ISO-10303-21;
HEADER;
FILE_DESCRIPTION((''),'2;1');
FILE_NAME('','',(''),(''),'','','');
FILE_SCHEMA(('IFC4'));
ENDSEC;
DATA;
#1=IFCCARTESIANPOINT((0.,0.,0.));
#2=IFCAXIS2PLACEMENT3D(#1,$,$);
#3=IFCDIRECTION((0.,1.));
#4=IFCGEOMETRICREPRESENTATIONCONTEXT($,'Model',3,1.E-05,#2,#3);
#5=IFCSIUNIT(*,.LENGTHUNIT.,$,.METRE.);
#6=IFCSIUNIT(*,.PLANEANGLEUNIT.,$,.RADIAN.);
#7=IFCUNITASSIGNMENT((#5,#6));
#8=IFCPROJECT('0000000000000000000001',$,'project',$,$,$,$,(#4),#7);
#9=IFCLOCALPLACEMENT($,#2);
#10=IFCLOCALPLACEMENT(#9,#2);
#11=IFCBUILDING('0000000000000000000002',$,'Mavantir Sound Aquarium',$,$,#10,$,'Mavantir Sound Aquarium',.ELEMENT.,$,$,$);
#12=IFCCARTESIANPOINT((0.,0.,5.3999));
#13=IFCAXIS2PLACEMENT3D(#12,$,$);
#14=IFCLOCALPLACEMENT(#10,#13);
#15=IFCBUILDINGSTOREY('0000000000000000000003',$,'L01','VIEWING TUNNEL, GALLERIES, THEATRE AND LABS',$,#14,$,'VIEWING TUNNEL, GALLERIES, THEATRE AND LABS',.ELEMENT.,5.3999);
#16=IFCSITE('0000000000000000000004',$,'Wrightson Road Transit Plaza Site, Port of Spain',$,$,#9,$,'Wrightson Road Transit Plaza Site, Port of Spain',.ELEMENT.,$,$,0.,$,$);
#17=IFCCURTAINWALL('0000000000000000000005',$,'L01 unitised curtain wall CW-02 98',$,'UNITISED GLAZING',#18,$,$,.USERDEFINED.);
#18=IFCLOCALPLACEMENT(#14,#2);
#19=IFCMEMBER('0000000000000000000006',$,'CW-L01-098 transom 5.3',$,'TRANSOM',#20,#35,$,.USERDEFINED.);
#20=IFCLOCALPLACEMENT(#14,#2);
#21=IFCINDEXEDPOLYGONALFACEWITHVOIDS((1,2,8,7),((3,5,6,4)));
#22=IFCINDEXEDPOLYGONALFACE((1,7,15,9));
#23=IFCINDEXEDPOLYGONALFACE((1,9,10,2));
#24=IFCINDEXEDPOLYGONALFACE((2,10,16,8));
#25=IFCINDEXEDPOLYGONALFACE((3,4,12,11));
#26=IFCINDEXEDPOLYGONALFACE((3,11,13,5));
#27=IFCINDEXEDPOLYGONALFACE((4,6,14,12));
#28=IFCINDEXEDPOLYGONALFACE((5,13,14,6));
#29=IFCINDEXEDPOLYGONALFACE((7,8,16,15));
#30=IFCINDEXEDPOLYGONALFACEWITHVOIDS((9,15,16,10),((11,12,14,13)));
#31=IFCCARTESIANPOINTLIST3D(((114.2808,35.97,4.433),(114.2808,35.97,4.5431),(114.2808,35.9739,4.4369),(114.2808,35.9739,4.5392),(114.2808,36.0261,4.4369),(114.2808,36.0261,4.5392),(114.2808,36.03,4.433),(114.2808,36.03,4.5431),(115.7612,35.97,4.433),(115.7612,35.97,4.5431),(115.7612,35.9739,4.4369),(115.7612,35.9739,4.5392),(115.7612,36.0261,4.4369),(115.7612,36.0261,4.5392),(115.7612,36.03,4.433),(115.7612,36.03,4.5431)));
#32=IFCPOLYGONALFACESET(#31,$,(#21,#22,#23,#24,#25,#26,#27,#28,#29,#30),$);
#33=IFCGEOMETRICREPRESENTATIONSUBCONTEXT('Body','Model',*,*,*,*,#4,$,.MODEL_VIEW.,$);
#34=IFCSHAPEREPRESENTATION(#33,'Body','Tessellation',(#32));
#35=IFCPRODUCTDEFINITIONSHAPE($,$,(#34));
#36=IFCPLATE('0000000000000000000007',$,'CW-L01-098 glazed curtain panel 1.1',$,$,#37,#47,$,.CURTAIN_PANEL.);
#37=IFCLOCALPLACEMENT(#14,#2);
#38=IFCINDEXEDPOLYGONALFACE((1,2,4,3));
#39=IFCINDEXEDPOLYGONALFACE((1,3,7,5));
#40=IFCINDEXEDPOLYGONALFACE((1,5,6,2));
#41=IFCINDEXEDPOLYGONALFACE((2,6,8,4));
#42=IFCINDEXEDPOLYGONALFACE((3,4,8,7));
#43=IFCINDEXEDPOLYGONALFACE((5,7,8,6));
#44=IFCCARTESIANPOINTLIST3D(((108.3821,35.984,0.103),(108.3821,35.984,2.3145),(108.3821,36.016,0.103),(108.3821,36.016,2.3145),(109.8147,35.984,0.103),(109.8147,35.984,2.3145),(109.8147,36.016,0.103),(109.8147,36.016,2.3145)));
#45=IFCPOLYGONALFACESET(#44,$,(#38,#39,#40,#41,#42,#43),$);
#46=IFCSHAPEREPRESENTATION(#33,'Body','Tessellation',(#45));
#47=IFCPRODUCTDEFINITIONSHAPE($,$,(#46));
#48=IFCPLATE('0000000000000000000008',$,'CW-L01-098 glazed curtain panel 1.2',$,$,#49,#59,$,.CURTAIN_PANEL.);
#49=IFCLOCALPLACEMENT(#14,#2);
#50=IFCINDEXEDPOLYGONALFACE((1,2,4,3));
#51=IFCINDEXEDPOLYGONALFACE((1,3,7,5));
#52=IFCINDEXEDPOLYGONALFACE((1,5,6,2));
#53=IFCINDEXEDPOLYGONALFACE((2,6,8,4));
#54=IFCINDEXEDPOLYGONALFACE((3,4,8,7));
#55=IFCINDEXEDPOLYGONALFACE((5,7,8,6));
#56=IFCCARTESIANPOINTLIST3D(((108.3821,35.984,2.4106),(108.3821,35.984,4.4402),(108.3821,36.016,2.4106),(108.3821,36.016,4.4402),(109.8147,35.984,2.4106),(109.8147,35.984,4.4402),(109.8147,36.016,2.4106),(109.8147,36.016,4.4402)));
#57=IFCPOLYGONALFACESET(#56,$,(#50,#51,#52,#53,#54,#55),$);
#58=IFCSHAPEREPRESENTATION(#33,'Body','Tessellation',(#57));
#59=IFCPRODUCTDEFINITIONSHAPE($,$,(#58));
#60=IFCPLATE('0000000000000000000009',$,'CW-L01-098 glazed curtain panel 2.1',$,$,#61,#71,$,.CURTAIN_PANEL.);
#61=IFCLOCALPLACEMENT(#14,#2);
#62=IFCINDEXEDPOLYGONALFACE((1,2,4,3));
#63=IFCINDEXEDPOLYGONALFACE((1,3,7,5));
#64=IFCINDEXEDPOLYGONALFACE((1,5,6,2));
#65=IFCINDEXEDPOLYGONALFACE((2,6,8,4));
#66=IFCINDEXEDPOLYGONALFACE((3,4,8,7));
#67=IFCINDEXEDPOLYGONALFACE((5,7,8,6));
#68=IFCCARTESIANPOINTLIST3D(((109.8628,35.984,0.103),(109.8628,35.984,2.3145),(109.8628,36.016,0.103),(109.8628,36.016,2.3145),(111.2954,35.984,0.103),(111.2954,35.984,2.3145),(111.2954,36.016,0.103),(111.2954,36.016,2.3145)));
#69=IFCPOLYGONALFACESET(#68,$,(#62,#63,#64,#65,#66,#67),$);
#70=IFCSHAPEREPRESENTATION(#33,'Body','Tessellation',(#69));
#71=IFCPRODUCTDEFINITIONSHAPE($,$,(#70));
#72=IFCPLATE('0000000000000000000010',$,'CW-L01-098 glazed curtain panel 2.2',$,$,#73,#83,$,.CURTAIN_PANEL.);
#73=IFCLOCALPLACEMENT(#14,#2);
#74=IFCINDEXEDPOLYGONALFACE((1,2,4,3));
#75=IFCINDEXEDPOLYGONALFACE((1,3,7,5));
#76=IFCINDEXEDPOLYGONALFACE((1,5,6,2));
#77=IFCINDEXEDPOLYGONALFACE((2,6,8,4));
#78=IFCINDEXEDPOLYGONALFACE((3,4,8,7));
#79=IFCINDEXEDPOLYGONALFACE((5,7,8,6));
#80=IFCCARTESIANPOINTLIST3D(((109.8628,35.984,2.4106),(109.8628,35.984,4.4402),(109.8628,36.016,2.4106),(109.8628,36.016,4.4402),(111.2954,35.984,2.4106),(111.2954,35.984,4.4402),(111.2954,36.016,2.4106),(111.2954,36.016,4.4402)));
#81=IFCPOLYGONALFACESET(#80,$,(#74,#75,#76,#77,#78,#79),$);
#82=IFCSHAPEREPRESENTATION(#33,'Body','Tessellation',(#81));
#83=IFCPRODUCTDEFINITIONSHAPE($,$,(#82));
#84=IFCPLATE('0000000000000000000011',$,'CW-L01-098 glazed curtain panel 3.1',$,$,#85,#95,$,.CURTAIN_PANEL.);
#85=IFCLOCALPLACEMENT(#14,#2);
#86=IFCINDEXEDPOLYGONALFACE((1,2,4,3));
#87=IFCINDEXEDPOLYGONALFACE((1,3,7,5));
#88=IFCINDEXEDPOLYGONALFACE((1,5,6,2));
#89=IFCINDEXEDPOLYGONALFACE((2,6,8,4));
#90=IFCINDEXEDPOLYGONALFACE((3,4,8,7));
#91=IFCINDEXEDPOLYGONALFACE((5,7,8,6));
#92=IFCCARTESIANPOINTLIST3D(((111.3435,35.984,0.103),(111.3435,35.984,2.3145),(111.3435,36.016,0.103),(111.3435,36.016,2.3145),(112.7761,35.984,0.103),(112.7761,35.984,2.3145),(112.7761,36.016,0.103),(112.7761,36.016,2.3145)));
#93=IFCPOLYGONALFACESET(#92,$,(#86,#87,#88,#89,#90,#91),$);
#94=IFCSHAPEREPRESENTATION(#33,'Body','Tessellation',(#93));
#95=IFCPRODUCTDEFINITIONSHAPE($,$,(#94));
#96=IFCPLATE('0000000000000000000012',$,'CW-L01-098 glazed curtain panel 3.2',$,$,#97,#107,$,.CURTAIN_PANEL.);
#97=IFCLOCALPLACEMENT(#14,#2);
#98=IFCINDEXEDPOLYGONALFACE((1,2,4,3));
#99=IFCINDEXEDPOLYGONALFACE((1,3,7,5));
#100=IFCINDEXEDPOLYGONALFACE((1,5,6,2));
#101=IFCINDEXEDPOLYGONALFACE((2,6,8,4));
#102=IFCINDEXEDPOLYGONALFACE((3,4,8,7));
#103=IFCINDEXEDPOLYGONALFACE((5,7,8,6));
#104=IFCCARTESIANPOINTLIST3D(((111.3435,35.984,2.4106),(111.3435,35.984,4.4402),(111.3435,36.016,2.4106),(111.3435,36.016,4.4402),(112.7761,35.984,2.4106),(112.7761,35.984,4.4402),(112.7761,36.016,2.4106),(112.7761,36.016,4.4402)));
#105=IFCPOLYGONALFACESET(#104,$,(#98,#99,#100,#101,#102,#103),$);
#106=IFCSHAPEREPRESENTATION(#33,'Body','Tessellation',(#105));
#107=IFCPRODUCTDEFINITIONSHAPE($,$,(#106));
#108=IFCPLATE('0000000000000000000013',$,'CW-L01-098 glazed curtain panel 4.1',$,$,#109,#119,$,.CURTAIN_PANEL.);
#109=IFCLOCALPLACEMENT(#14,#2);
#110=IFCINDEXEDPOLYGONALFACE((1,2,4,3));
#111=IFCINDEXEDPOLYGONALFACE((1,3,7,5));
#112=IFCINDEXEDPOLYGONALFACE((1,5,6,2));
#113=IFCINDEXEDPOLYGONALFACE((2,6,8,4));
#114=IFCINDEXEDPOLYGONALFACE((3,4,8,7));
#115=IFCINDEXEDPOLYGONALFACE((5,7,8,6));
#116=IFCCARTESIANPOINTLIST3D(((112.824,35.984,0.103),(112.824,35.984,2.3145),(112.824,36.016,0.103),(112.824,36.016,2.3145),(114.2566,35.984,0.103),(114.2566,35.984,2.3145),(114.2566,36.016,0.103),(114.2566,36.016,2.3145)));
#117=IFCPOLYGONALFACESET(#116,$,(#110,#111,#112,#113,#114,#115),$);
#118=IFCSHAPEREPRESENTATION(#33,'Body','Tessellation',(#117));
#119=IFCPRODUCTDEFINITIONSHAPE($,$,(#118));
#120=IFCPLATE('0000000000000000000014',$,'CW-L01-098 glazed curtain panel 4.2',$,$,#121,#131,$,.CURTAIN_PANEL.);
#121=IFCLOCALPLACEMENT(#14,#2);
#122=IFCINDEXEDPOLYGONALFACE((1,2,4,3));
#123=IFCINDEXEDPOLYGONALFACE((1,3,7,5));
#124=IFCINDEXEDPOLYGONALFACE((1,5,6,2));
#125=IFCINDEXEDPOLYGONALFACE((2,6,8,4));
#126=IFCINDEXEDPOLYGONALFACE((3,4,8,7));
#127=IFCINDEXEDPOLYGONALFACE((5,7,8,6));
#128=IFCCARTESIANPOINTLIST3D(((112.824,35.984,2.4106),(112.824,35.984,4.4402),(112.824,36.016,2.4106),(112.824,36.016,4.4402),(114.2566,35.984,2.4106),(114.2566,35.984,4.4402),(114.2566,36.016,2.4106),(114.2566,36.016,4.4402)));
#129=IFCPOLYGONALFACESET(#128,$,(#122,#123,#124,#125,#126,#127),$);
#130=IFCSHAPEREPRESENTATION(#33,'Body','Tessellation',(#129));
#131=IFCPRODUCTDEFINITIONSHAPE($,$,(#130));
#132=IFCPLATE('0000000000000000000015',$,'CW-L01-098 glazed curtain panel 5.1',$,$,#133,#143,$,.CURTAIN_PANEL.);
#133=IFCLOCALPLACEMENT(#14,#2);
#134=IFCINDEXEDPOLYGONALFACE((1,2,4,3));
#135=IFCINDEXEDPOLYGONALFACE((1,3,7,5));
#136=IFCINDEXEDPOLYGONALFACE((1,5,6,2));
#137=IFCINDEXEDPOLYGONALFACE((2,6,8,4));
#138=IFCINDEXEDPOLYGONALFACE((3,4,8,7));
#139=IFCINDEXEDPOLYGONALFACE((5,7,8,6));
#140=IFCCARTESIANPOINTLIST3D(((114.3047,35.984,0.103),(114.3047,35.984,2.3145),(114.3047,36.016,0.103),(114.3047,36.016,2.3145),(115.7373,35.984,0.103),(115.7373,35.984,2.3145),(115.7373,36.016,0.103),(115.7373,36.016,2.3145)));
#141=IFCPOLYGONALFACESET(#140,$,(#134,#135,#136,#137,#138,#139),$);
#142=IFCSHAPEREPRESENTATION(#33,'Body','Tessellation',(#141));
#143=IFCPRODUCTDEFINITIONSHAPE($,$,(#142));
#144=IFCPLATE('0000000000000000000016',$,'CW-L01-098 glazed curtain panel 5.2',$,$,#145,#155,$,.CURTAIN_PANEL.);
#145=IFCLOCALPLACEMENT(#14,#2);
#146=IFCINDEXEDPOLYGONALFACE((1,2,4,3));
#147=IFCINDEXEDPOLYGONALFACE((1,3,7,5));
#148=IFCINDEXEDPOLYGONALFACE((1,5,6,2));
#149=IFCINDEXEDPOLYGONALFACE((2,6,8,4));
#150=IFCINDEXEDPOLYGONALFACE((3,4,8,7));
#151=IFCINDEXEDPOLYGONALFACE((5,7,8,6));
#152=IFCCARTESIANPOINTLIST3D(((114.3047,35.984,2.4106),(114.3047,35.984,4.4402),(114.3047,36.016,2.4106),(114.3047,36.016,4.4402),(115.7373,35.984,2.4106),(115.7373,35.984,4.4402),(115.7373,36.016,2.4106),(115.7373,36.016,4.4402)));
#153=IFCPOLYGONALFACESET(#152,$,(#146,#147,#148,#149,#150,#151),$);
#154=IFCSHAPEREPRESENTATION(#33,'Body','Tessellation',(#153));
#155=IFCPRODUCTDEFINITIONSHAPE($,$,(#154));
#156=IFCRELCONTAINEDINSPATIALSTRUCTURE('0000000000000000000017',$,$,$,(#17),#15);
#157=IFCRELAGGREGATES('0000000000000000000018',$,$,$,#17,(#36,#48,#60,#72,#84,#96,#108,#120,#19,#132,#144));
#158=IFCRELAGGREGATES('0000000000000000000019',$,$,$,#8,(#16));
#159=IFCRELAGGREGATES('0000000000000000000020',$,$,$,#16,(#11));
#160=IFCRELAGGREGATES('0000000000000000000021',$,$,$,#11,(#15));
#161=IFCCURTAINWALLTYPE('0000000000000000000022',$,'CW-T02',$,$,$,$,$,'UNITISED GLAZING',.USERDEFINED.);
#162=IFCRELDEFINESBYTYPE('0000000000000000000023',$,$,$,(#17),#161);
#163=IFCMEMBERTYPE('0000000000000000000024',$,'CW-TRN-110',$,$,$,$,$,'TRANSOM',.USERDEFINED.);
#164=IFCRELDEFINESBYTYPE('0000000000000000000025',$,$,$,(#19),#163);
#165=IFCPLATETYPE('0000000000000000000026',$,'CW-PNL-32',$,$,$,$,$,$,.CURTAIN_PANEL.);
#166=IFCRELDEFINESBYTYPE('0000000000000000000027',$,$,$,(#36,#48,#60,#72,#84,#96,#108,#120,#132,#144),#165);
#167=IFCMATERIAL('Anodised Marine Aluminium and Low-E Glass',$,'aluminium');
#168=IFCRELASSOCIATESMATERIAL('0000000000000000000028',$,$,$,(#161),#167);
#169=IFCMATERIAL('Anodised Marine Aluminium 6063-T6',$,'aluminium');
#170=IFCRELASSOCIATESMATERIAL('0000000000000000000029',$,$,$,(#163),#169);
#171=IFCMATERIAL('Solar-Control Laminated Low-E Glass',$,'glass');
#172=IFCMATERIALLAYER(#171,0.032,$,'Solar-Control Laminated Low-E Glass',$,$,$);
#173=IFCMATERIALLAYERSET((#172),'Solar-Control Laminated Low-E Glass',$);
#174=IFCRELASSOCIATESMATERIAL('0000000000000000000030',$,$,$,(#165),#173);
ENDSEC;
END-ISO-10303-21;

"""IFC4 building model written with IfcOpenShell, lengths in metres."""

from ifc_helpers import new_model, si_unit, direction, frame, origin, origin_2d, place, context, subcontext, project, spatial, rectangle, hollow_rectangle, extrude, material, layer, layer_set, material_profile, profile_set, type_object, element, aggregate, save


model = new_model("IFC4")

# Units and contexts
model_context = context("Model", 3, precision=1e-05, world=origin(), true_north=direction((0.0, 1.0)))
body_context = subcontext(model_context, "Body", "Model", "MODEL_VIEW")
ifc_project = project(units=[si_unit("LENGTHUNIT", "METRE"), si_unit("PLANEANGLEUNIT", "RADIAN")], contexts=[model_context])

# Site, building, storey
site_placement = place(None, origin())
site = spatial("IfcSite", under=ifc_project, at=site_placement, Name="Wrightson Road Transit Plaza Site, Port of Spain", LongName="Wrightson Road Transit Plaza Site, Port of Spain", CompositionType="ELEMENT", RefElevation=0.0)
building_placement = place(site_placement, origin())
building = spatial("IfcBuilding", under=site, at=building_placement, Name="Mavantir Sound Aquarium", LongName="Mavantir Sound Aquarium", CompositionType="ELEMENT")
storey_placement = place(building_placement, frame((0.0, 0.0, 5.3999)))
storey = spatial("IfcBuildingStorey", under=building, at=storey_placement, Name="L01", Description="VIEWING TUNNEL, GALLERIES, THEATRE AND LABS", LongName="VIEWING TUNNEL, GALLERIES, THEATRE AND LABS", CompositionType="ELEMENT", Elevation=5.3999)

# Curtain wall, member, plates
ifc_material_1 = material(Name="Anodised Marine Aluminium and Low-E Glass", Category="aluminium")
curtain_wall_type = type_object("IfcCurtainWallType", Name="CW-T02", ElementType="UNITISED GLAZING", PredefinedType="USERDEFINED", material=ifc_material_1)
curtain_wall_placement = place(storey_placement, origin())
curtain_wall = element("IfcCurtainWall", 1, at=curtain_wall_placement, inside=storey, type_object=curtain_wall_type, Name="L01 unitised curtain wall CW-02 98", ObjectType="UNITISED GLAZING", PredefinedType="USERDEFINED")
ifc_material_2 = material(Name="Anodised Marine Aluminium 6063-T6", Category="aluminium")
ifc_material_profile_1 = material_profile(ifc_material_2, hollow_rectangle(XDim=0.0601, YDim=0.1101, WallThickness=0.0039, at=origin_2d()), Name="ALU-TRANSOM-110X60")
ifc_profile_set_1 = profile_set([ifc_material_profile_1], Name="Anodised Marine Aluminium 6063-T6")
member_type_1 = type_object("IfcMemberType", Name="CW-TRN-110", ElementType="TRANSOM", PredefinedType="USERDEFINED", material=ifc_profile_set_1)
member_1_placement = place(storey_placement, frame((114.2808, 36.0, 4.488), z_axis=(1.0, 0.0, 0.0), x_axis=(0.0, 1.0, 0.0)))
member_1 = element("IfcMember", 2, at=member_1_placement, type_object=member_type_1, Name="CW-L01-098 transom 5.3", ObjectType="TRANSOM", PredefinedType="USERDEFINED", context=body_context, shape_type="SweptSolid", body=[
    extrude(hollow_rectangle(XDim=0.0601, YDim=0.1101, WallThickness=0.0039, at=origin_2d()), origin(), (0.0, 0.0, 1.0), 1.4805),
])
ifc_material_3 = material(Name="Solar-Control Laminated Low-E Glass", Category="glass")
ifc_layer = layer(ifc_material_3, 0.032, Name="Solar-Control Laminated Low-E Glass")
ifc_layer_set = layer_set([ifc_layer], Name="Solar-Control Laminated Low-E Glass")
plate_type = type_object("IfcPlateType", Name="CW-PNL-32", PredefinedType="CURTAIN_PANEL", material=ifc_layer_set)
plate_1_placement = place(storey_placement, frame((109.0984, 36.0, 0.103), z_axis=(0.0, 0.0, 1.0), x_axis=(1.0, 0.0, 0.0)))
plate_1 = element("IfcPlate", 3, at=plate_1_placement, type_object=plate_type, Name="CW-L01-098 glazed curtain panel 1.1", PredefinedType="CURTAIN_PANEL", context=body_context, shape_type="SweptSolid", body=[
    extrude(rectangle(XDim=1.4326, YDim=0.032, at=origin_2d()), origin(), (0.0, 0.0, 1.0), 2.2114),
])
plate_2_placement = place(storey_placement, frame((109.0984, 36.0, 2.4106), z_axis=(0.0, 0.0, 1.0), x_axis=(1.0, 0.0, 0.0)))
plate_2 = element("IfcPlate", 4, at=plate_2_placement, type_object=plate_type, Name="CW-L01-098 glazed curtain panel 1.2", PredefinedType="CURTAIN_PANEL", context=body_context, shape_type="SweptSolid", body=[
    extrude(rectangle(XDim=1.4326, YDim=0.032, at=origin_2d()), origin(), (0.0, 0.0, 1.0), 2.0295),
])
plate_3_placement = place(storey_placement, frame((110.5791, 36.0, 0.103), z_axis=(0.0, 0.0, 1.0), x_axis=(1.0, 0.0, 0.0)))
plate_3 = element("IfcPlate", 5, at=plate_3_placement, type_object=plate_type, Name="CW-L01-098 glazed curtain panel 2.1", PredefinedType="CURTAIN_PANEL", context=body_context, shape_type="SweptSolid", body=[
    extrude(rectangle(XDim=1.4326, YDim=0.032, at=origin_2d()), origin(), (0.0, 0.0, 1.0), 2.2114),
])
plate_4_placement = place(storey_placement, frame((110.5791, 36.0, 2.4106), z_axis=(0.0, 0.0, 1.0), x_axis=(1.0, 0.0, 0.0)))
plate_4 = element("IfcPlate", 6, at=plate_4_placement, type_object=plate_type, Name="CW-L01-098 glazed curtain panel 2.2", PredefinedType="CURTAIN_PANEL", context=body_context, shape_type="SweptSolid", body=[
    extrude(rectangle(XDim=1.4326, YDim=0.032, at=origin_2d()), origin(), (0.0, 0.0, 1.0), 2.0295),
])
plate_5_placement = place(storey_placement, frame((112.0598, 36.0, 0.103), z_axis=(0.0, 0.0, 1.0), x_axis=(1.0, 0.0, 0.0)))
plate_5 = element("IfcPlate", 7, at=plate_5_placement, type_object=plate_type, Name="CW-L01-098 glazed curtain panel 3.1", PredefinedType="CURTAIN_PANEL", context=body_context, shape_type="SweptSolid", body=[
    extrude(rectangle(XDim=1.4326, YDim=0.032, at=origin_2d()), origin(), (0.0, 0.0, 1.0), 2.2114),
])
plate_6_placement = place(storey_placement, frame((112.0598, 36.0, 2.4106), z_axis=(0.0, 0.0, 1.0), x_axis=(1.0, 0.0, 0.0)))
plate_6 = element("IfcPlate", 8, at=plate_6_placement, type_object=plate_type, Name="CW-L01-098 glazed curtain panel 3.2", PredefinedType="CURTAIN_PANEL", context=body_context, shape_type="SweptSolid", body=[
    extrude(rectangle(XDim=1.4326, YDim=0.032, at=origin_2d()), origin(), (0.0, 0.0, 1.0), 2.0295),
])
plate_7_placement = place(storey_placement, frame((113.5403, 36.0, 0.103), z_axis=(0.0, 0.0, 1.0), x_axis=(1.0, 0.0, 0.0)))
plate_7 = element("IfcPlate", 9, at=plate_7_placement, type_object=plate_type, Name="CW-L01-098 glazed curtain panel 4.1", PredefinedType="CURTAIN_PANEL", context=body_context, shape_type="SweptSolid", body=[
    extrude(rectangle(XDim=1.4326, YDim=0.032, at=origin_2d()), origin(), (0.0, 0.0, 1.0), 2.2114),
])
plate_8_placement = place(storey_placement, frame((113.5403, 36.0, 2.4106), z_axis=(0.0, 0.0, 1.0), x_axis=(1.0, 0.0, 0.0)))
plate_8 = element("IfcPlate", 10, at=plate_8_placement, type_object=plate_type, Name="CW-L01-098 glazed curtain panel 4.2", PredefinedType="CURTAIN_PANEL", context=body_context, shape_type="SweptSolid", body=[
    extrude(rectangle(XDim=1.4326, YDim=0.032, at=origin_2d()), origin(), (0.0, 0.0, 1.0), 2.0295),
])
plate_9_placement = place(storey_placement, frame((115.021, 36.0, 0.103), z_axis=(0.0, 0.0, 1.0), x_axis=(1.0, 0.0, 0.0)))
plate_9 = element("IfcPlate", 11, at=plate_9_placement, type_object=plate_type, Name="CW-L01-098 glazed curtain panel 5.1", PredefinedType="CURTAIN_PANEL", context=body_context, shape_type="SweptSolid", body=[
    extrude(rectangle(XDim=1.4326, YDim=0.032, at=origin_2d()), origin(), (0.0, 0.0, 1.0), 2.2114),
])
plate_10_placement = place(storey_placement, frame((115.021, 36.0, 2.4106), z_axis=(0.0, 0.0, 1.0), x_axis=(1.0, 0.0, 0.0)))
plate_10 = element("IfcPlate", 12, at=plate_10_placement, type_object=plate_type, Name="CW-L01-098 glazed curtain panel 5.2", PredefinedType="CURTAIN_PANEL", context=body_context, shape_type="SweptSolid", body=[
    extrude(rectangle(XDim=1.4326, YDim=0.032, at=origin_2d()), origin(), (0.0, 0.0, 1.0), 2.0295),
])
aggregate(curtain_wall, [plate_1, plate_2, plate_3, plate_4, plate_5, plate_6, plate_7, plate_8, member_1, plate_9, plate_10])

save(model, "model.ifc")
